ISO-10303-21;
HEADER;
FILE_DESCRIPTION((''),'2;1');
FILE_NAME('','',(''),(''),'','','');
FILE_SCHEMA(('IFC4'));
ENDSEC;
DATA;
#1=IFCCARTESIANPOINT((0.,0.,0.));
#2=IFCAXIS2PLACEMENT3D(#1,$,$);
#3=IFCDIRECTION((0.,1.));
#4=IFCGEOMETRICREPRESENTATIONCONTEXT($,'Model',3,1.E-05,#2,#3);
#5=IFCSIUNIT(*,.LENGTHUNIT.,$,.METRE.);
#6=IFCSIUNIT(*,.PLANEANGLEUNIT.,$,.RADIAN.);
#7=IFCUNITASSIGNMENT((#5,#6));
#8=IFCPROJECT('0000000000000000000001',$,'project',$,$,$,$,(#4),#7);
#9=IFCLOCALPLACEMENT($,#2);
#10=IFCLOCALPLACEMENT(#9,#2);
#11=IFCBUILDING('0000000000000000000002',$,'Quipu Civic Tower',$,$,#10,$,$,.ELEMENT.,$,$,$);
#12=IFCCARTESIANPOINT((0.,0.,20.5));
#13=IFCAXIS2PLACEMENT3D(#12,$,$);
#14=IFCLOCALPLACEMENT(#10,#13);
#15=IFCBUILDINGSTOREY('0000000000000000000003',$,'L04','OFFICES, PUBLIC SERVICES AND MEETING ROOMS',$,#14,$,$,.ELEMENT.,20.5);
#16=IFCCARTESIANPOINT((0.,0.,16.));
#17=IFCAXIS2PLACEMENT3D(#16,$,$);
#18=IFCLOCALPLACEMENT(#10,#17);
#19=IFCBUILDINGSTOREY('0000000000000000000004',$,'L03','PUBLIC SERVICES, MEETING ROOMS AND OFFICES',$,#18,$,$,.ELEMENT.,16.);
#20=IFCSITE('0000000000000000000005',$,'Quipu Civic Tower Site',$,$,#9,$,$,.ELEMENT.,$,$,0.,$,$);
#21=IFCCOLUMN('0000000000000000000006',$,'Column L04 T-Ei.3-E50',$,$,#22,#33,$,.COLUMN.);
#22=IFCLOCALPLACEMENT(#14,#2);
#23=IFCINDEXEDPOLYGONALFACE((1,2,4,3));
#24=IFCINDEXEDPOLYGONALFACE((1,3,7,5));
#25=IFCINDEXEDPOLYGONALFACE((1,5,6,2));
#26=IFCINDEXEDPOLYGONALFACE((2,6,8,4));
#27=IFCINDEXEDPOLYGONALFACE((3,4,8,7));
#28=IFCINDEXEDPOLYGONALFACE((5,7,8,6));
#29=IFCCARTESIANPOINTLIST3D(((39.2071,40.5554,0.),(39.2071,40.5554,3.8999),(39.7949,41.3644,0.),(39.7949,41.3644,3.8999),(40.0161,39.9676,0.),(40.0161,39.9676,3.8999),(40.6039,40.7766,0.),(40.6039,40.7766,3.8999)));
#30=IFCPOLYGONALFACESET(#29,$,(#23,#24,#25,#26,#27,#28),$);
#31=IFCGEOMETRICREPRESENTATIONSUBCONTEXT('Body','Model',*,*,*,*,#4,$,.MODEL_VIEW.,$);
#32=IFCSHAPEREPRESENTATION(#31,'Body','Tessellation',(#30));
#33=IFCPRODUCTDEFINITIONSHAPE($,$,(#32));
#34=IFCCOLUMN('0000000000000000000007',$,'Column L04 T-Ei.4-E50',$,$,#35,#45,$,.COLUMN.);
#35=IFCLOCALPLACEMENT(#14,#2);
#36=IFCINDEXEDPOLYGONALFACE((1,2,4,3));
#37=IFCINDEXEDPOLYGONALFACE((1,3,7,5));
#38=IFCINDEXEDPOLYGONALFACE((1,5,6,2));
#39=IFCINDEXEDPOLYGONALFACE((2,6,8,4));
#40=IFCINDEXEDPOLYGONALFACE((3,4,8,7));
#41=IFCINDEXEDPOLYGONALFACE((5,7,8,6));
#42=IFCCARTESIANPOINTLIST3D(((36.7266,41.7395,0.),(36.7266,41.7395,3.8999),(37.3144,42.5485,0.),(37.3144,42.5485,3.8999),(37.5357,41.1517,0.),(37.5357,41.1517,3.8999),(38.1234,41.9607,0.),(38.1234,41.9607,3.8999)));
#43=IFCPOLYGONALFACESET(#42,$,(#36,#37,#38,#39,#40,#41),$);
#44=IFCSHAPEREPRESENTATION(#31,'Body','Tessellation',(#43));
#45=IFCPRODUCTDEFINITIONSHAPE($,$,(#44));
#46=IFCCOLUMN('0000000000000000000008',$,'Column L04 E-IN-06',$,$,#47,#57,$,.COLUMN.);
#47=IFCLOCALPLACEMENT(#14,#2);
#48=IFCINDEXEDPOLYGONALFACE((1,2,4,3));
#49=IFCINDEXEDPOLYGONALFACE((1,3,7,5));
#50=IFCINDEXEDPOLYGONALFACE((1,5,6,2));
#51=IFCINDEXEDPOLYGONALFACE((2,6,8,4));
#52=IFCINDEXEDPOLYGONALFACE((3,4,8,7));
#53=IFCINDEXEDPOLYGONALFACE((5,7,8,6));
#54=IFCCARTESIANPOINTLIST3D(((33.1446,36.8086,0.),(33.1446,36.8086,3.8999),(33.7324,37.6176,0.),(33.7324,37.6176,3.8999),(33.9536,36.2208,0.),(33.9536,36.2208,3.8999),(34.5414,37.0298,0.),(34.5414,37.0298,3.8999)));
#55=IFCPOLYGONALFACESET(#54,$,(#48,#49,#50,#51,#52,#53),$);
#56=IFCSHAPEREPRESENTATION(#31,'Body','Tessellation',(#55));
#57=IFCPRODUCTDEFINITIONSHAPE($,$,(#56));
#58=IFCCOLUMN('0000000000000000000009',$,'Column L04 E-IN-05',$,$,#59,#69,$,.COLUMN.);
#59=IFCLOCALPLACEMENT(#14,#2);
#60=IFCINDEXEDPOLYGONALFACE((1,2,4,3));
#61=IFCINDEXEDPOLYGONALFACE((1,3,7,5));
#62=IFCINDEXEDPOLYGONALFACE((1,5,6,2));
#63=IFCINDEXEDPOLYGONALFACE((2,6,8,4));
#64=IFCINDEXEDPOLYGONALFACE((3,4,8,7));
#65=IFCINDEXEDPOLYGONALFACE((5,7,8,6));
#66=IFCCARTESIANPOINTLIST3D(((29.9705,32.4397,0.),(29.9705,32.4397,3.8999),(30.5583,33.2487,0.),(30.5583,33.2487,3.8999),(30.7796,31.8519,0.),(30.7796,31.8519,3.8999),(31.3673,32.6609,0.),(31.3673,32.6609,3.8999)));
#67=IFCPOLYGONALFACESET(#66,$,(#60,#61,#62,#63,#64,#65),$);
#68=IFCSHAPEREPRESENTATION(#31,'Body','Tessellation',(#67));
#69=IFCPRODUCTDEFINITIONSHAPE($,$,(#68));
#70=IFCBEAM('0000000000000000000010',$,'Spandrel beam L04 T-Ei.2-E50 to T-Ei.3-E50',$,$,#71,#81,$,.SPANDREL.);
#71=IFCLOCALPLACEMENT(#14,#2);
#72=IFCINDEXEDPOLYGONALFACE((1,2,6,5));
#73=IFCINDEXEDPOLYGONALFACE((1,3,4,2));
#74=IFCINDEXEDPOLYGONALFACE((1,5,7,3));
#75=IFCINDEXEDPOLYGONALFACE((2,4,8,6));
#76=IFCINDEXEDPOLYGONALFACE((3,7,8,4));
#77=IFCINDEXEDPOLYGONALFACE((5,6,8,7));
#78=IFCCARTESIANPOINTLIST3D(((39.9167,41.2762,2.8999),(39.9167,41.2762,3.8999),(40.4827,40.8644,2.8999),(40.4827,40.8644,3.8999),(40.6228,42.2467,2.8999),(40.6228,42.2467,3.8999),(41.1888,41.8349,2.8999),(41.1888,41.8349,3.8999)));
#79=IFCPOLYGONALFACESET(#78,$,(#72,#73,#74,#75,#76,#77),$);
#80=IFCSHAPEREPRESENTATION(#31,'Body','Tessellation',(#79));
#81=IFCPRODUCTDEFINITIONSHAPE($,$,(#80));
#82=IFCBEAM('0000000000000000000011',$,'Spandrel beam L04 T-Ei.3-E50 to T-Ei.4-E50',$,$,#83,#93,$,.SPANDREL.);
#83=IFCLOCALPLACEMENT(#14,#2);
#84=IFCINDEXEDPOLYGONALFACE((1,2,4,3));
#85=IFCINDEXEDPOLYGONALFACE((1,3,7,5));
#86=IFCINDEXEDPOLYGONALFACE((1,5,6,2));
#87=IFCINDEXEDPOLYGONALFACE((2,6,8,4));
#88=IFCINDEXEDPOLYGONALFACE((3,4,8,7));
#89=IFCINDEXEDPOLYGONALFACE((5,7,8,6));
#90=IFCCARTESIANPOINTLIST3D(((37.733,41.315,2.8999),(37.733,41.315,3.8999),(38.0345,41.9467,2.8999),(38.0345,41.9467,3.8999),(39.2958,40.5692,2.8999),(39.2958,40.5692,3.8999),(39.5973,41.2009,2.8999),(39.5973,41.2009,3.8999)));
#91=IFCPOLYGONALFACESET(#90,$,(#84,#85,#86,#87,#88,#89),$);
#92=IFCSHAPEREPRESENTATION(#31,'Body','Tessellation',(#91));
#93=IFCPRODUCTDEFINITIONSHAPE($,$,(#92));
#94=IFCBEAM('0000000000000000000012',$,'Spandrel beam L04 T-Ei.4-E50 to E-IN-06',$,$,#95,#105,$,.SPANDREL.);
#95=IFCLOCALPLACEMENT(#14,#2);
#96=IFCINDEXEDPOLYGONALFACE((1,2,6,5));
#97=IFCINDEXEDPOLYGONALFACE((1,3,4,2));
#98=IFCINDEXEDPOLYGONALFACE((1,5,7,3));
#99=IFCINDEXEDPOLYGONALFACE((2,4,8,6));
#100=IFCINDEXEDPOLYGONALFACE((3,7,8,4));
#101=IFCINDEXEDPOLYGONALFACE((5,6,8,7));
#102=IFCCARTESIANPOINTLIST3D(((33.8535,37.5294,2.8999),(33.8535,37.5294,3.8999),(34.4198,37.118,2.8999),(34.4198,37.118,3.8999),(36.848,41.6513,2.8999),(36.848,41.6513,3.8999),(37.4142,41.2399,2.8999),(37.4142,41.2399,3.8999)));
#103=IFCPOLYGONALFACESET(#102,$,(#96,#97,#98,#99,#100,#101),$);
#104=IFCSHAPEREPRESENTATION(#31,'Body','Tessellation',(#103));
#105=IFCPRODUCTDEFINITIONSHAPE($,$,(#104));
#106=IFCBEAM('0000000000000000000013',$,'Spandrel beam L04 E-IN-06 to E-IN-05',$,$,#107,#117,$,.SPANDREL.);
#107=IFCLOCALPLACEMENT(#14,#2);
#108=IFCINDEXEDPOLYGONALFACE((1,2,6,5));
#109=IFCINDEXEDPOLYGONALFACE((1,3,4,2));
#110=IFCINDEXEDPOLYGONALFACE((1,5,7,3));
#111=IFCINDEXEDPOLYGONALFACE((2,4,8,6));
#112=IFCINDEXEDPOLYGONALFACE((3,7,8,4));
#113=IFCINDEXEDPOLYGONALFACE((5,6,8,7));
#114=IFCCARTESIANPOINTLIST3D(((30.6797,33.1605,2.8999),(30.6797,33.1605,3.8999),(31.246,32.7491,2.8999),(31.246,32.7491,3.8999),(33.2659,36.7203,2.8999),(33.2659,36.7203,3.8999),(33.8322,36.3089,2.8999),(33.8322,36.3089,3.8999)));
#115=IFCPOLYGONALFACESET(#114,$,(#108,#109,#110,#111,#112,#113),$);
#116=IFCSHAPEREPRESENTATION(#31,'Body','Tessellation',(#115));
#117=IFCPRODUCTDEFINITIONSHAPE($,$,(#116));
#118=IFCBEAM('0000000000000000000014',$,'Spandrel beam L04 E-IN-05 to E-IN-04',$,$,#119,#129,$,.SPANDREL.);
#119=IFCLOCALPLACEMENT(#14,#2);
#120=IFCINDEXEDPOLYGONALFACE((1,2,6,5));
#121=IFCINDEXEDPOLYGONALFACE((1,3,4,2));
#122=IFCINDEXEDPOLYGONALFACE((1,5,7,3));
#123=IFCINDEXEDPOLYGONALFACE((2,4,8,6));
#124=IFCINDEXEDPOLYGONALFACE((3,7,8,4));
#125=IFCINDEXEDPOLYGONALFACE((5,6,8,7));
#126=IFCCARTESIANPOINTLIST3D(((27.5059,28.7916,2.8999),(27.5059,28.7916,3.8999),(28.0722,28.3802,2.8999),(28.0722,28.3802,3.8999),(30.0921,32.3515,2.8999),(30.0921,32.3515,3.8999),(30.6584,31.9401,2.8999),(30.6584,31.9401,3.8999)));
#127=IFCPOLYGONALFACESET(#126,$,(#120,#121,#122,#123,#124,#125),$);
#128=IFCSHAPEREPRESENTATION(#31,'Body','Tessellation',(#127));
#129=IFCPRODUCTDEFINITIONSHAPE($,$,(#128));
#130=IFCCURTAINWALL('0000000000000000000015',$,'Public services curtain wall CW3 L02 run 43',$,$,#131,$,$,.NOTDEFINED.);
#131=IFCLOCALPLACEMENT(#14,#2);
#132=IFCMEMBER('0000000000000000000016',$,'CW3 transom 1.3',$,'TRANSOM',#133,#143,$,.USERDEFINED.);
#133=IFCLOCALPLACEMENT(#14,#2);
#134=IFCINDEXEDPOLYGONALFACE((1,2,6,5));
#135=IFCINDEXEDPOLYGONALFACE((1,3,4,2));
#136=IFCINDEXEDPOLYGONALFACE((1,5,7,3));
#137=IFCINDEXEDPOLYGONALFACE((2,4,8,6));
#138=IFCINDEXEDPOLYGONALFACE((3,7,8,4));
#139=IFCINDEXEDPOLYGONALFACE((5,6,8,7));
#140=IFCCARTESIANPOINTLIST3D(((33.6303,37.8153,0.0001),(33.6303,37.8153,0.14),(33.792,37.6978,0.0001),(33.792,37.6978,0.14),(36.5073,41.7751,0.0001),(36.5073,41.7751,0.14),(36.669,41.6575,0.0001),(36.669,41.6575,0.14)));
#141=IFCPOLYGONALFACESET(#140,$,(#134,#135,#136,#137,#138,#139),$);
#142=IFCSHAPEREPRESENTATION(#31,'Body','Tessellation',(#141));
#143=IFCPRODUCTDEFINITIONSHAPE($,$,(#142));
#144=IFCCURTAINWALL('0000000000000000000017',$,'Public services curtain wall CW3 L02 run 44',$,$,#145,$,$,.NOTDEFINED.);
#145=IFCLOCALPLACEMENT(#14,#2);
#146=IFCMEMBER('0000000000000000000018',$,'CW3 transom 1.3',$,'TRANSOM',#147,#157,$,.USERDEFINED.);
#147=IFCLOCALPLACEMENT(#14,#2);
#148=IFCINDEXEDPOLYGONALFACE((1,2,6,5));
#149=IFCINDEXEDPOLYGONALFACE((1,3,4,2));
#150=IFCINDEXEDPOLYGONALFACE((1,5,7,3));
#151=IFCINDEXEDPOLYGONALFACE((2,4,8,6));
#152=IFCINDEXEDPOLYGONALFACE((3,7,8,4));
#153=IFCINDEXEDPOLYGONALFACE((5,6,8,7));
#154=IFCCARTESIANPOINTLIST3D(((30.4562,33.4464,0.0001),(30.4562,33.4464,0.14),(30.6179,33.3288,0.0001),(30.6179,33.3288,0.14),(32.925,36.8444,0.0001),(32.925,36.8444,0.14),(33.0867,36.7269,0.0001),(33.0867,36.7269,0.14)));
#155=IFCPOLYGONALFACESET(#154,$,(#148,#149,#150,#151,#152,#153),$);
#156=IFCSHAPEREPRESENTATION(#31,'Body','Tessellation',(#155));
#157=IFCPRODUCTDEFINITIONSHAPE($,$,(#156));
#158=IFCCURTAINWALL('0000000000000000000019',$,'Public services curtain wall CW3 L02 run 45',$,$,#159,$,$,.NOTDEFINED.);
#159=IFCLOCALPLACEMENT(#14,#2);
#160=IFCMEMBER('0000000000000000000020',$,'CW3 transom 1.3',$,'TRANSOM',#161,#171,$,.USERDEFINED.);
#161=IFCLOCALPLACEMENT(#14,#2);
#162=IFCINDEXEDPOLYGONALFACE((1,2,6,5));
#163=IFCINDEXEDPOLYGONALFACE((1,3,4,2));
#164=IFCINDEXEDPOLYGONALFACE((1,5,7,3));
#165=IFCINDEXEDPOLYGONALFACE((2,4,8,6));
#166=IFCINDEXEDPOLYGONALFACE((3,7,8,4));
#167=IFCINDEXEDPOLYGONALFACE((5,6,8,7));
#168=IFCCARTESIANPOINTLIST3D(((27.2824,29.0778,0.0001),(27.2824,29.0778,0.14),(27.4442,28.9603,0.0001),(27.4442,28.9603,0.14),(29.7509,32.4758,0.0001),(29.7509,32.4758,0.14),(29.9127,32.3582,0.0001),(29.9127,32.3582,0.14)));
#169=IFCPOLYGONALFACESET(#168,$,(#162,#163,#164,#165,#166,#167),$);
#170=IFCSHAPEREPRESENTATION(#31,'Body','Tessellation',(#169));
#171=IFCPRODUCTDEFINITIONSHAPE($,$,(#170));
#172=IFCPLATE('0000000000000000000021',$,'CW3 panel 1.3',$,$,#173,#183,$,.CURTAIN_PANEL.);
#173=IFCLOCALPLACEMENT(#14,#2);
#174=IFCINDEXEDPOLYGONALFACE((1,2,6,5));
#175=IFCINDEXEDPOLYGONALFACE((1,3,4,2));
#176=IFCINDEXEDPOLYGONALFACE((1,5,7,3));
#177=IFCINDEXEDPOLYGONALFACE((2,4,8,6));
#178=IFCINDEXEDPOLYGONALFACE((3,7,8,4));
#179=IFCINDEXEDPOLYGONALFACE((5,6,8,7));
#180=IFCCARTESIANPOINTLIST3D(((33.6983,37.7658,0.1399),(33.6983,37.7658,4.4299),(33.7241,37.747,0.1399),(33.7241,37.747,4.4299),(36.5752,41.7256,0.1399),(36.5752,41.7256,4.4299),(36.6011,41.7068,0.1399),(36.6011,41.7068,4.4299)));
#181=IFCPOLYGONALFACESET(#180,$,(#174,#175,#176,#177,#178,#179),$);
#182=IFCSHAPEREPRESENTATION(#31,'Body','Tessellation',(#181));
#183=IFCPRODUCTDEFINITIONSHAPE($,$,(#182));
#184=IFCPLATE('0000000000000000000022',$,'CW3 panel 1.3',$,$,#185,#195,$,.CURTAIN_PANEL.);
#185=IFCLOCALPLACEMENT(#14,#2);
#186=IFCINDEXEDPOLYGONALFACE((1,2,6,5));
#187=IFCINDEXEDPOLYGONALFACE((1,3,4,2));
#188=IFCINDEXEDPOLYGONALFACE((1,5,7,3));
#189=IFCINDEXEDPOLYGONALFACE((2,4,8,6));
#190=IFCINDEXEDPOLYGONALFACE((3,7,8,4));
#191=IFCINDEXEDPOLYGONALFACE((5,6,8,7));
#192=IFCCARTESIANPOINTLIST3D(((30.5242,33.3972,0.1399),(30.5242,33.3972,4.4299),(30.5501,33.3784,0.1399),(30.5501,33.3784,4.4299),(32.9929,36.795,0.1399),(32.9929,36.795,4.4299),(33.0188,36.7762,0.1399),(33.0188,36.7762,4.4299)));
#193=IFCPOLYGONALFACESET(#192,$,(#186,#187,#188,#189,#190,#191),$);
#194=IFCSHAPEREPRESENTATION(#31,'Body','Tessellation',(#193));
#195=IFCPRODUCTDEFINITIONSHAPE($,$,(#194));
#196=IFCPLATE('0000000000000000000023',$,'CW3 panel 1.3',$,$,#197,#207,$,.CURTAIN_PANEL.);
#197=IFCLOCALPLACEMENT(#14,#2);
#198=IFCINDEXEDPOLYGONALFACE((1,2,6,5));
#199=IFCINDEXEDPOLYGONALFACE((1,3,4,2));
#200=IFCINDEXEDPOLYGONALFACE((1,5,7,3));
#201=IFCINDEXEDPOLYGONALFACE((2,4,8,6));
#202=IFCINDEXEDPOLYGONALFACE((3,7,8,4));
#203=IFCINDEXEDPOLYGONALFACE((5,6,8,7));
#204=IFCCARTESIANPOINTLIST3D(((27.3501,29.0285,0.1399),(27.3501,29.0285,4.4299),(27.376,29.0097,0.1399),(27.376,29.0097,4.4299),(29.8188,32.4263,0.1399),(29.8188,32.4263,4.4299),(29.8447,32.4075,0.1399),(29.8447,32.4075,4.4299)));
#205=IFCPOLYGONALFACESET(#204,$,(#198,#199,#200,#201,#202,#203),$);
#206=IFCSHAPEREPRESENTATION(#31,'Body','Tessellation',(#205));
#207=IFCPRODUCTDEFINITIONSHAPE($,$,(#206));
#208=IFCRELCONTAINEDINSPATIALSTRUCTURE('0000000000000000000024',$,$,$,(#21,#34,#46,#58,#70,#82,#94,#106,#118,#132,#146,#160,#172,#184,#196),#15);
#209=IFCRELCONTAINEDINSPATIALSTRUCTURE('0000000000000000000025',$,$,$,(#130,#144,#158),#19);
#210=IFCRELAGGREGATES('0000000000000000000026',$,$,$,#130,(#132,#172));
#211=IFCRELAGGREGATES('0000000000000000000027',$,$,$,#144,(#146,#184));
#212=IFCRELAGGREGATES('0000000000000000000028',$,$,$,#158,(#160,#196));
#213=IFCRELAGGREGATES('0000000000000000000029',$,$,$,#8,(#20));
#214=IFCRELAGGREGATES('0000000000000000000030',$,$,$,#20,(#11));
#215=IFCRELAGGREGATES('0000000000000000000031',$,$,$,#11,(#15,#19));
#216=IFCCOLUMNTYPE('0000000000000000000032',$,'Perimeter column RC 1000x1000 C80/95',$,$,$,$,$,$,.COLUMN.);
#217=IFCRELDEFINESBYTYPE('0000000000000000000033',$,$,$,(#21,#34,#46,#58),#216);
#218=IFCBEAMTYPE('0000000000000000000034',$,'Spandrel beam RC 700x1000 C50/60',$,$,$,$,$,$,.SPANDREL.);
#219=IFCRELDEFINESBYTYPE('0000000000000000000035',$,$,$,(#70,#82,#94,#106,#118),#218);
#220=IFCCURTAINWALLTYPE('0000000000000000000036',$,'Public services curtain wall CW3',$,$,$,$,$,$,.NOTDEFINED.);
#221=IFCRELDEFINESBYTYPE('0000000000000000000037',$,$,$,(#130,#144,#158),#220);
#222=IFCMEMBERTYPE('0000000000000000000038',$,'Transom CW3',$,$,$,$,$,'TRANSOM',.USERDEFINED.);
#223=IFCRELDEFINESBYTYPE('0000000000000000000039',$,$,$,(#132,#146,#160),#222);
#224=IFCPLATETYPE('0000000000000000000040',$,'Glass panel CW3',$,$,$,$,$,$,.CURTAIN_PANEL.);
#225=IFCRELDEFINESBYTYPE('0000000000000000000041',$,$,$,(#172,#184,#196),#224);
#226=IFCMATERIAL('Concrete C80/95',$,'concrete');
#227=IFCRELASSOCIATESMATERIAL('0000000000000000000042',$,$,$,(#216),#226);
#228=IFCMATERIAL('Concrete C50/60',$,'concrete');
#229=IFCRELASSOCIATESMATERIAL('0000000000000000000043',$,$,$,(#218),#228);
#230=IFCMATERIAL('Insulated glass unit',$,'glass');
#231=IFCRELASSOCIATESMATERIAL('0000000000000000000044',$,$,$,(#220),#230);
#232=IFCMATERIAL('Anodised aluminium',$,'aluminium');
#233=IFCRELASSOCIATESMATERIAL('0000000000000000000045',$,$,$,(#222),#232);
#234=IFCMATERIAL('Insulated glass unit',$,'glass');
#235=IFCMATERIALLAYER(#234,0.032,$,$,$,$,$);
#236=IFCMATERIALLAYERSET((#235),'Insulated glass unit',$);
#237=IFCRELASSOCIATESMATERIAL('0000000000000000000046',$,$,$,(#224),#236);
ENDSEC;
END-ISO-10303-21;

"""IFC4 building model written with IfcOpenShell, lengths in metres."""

from ifc_helpers import new_model, si_unit, direction, frame, origin, origin_2d, place, context, subcontext, project, spatial, rectangle, extrude, material, layer, layer_set, material_profile, profile_set, type_object, element, aggregate, save


model = new_model("IFC4")

# Units and contexts
model_context = context("Model", 3, precision=1e-05, world=origin(), true_north=direction((0.0, 1.0)))
body_context = subcontext(model_context, "Body", "Model", "MODEL_VIEW")
ifc_project = project(units=[si_unit("LENGTHUNIT", "METRE"), si_unit("PLANEANGLEUNIT", "RADIAN")], contexts=[model_context])

# Site, building, storey
site_placement = place(None, origin())
site = spatial("IfcSite", under=ifc_project, at=site_placement, Name="Quipu Civic Tower Site", CompositionType="ELEMENT", RefElevation=0.0)
building_placement = place(site_placement, origin())
building = spatial("IfcBuilding", under=site, at=building_placement, Name="Quipu Civic Tower", CompositionType="ELEMENT")
storey_1_placement = place(building_placement, frame((0.0, 0.0, 20.5)))
storey_1 = spatial("IfcBuildingStorey", under=building, at=storey_1_placement, Name="L04", Description="OFFICES, PUBLIC SERVICES AND MEETING ROOMS", CompositionType="ELEMENT", Elevation=20.5)

# Columns
ifc_material_1 = material(Name="Concrete C80/95", Category="concrete")
ifc_material_profile_1 = material_profile(ifc_material_1, rectangle(XDim=1.0, YDim=1.0, at=origin_2d()), Name="RC1000x1000")
ifc_profile_set_1 = profile_set([ifc_material_profile_1], Name="Concrete C80/95")
column_type = type_object("IfcColumnType", Name="Perimeter column RC 1000x1000 C80/95", PredefinedType="COLUMN", material=ifc_profile_set_1)
for number, where, z_axis, x_axis, name in (
    (1, (39.9055, 40.666, 0.0), (0.0, 0.0, 1.0), (-0.587785, -0.809017, 0.0), "Column L04 T-Ei.3-E50"),
    (2, (37.425, 41.8501, 0.0), (0.0, 0.0, 1.0), (-0.587785, -0.809017, 0.0), "Column L04 T-Ei.4-E50"),
    (3, (33.843, 36.9192, 0.0), (0.0, 0.0, 1.0), (-0.587785, -0.809017, 0.0), "Column L04 E-IN-06"),
    (4, (30.6689, 32.5503, 0.0), (0.0, 0.0, 1.0), (-0.587785, -0.809017, 0.0), "Column L04 E-IN-05"),
):
    element("IfcColumn", number, at=place(storey_1_placement, frame(where, z_axis=z_axis, x_axis=x_axis)), inside=storey_1, type_object=column_type, Name=name, PredefinedType="COLUMN", context=body_context, shape_type="SweptSolid", body=[
        extrude(rectangle(XDim=1.0, YDim=1.0, at=origin_2d()), origin(), (0.0, 0.0, 1.0), 3.8999),
    ])

# Beams
ifc_material_2 = material(Name="Concrete C50/60", Category="concrete")
ifc_material_profile_2 = material_profile(ifc_material_2, rectangle(XDim=0.7, YDim=1.0, at=origin_2d()), Name="RC700x1000")
ifc_profile_set_2 = profile_set([ifc_material_profile_2], Name="Concrete C50/60")
beam_type = type_object("IfcBeamType", Name="Spandrel beam RC 700x1000 C50/60", PredefinedType="SPANDREL", material=ifc_profile_set_2)
beam_1_placement = place(storey_1_placement, frame((40.9058, 42.0408, 3.3999), z_axis=(-0.588317, -0.808631, 0.0), x_axis=(0.808631, -0.588317, 0.0)))
element("IfcBeam", 5, at=beam_1_placement, inside=storey_1, type_object=beam_type, Name="Spandrel beam L04 T-Ei.2-E50 to T-Ei.3-E50", PredefinedType="SPANDREL", context=body_context, shape_type="SweptSolid", body=[
    extrude(rectangle(XDim=0.7, YDim=1.0, at=origin_2d()), origin(), (0.0, 0.0, 1.0), 1.2002),
])
beam_2_placement = place(storey_1_placement, frame((39.4465, 40.885, 3.3999), z_axis=(-0.902482, 0.430727, 0.0), x_axis=(-0.430727, -0.902482, 0.0)))
element("IfcBeam", 6, at=beam_2_placement, inside=storey_1, type_object=beam_type, Name="Spandrel beam L04 T-Ei.3-E50 to T-Ei.4-E50", PredefinedType="SPANDREL", context=body_context, shape_type="SweptSolid", body=[
    extrude(rectangle(XDim=0.7, YDim=1.0, at=origin_2d()), origin(), (0.0, 0.0, 1.0), 1.7317),
])
beam_3_placement = place(storey_1_placement, frame((37.1311, 41.4456, 3.3999), z_axis=(-0.587747, -0.809045, 0.0), x_axis=(0.809045, -0.587747, 0.0)))
element("IfcBeam", 7, at=beam_3_placement, inside=storey_1, type_object=beam_type, Name="Spandrel beam L04 T-Ei.4-E50 to E-IN-06", PredefinedType="SPANDREL", context=body_context, shape_type="SweptSolid", body=[
    extrude(rectangle(XDim=0.7, YDim=1.0, at=origin_2d()), origin(), (0.0, 0.0, 1.0), 5.0947),
])
for number, where, z_axis, x_axis, name in (
    (8, (33.5491, 36.5146, 3.3999), (-0.587759, -0.809036, 0.0), (0.809036, -0.587759, 0.0), "Spandrel beam L04 E-IN-06 to E-IN-05"),
    (9, (30.3752, 32.1458, 3.3999), (-0.587759, -0.809036, 0.0), (0.809036, -0.587759, 0.0), "Spandrel beam L04 E-IN-05 to E-IN-04"),
):
    element("IfcBeam", number, at=place(storey_1_placement, frame(where, z_axis=z_axis, x_axis=x_axis)), inside=storey_1, type_object=beam_type, Name=name, PredefinedType="SPANDREL", context=body_context, shape_type="SweptSolid", body=[
        extrude(rectangle(XDim=0.7, YDim=1.0, at=origin_2d()), origin(), (0.0, 0.0, 1.0), 4.4001),
    ])

# Shared definitions
storey_2_placement = place(building_placement, frame((0.0, 0.0, 16.0)))
storey_2 = spatial("IfcBuildingStorey", under=building, at=storey_2_placement, Name="L03", Description="PUBLIC SERVICES, MEETING ROOMS AND OFFICES", CompositionType="ELEMENT", Elevation=16.0)

# Curtain walls, members
ifc_material_3 = material(Name="Insulated glass unit", Category="glass")
curtain_wall_type = type_object("IfcCurtainWallType", Name="Public services curtain wall CW3", PredefinedType="NOTDEFINED", material=ifc_material_3)
curtain_wall_1_placement = place(storey_2_placement, origin())
curtain_wall_1 = element("IfcCurtainWall", 10, at=curtain_wall_1_placement, inside=storey_2, type_object=curtain_wall_type, Name="Public services curtain wall CW3 L02 run 43", PredefinedType="NOTDEFINED")
ifc_material_4 = material(Name="Anodised aluminium", Category="aluminium")
ifc_material_profile_3 = material_profile(ifc_material_4, rectangle(XDim=0.2, YDim=0.1399, at=origin_2d()), Name="RECT 200x140")
ifc_profile_set_3 = profile_set([ifc_material_profile_3], Name="Anodised aluminium")
member_type = type_object("IfcMemberType", Name="Transom CW3", ElementType="TRANSOM", PredefinedType="USERDEFINED", material=ifc_profile_set_3)
member_1_placement = place(storey_1_placement, frame((36.5881, 41.7163, 0.0701), z_axis=(-0.587792, -0.809012, 0.0), x_axis=(0.809012, -0.587792, 0.0)))
member_1 = element("IfcMember", 11, at=member_1_placement, inside=storey_1, type_object=member_type, Name="CW3 transom 1.3", ObjectType="TRANSOM", PredefinedType="USERDEFINED", context=body_context, shape_type="SweptSolid", body=[
    extrude(rectangle(XDim=0.2, YDim=0.1399, at=origin_2d()), origin(), (0.0, 0.0, 1.0), 4.8945),
])
curtain_wall_2_placement = place(storey_2_placement, origin())
curtain_wall_2 = element("IfcCurtainWall", 12, at=curtain_wall_2_placement, inside=storey_2, type_object=curtain_wall_type, Name="Public services curtain wall CW3 L02 run 44", PredefinedType="NOTDEFINED")
member_2_placement = place(storey_1_placement, frame((33.0059, 36.7856, 0.0701), z_axis=(-0.587785, -0.809018, 0.0), x_axis=(0.809018, -0.587785, 0.0)))
member_2 = element("IfcMember", 13, at=member_2_placement, inside=storey_1, type_object=member_type, Name="CW3 transom 1.3", ObjectType="TRANSOM", PredefinedType="USERDEFINED", context=body_context, shape_type="SweptSolid", body=[
    extrude(rectangle(XDim=0.2, YDim=0.1399, at=origin_2d()), origin(), (0.0, 0.0, 1.0), 4.2002),
])
curtain_wall_3_placement = place(storey_2_placement, origin())
curtain_wall_3 = element("IfcCurtainWall", 14, at=curtain_wall_3_placement, inside=storey_2, type_object=curtain_wall_type, Name="Public services curtain wall CW3 L02 run 45", PredefinedType="NOTDEFINED")
member_3_placement = place(storey_1_placement, frame((29.8318, 32.417, 0.0701), z_axis=(-0.587746, -0.809045, 0.0), x_axis=(0.809045, -0.587746, 0.0)))
member_3 = element("IfcMember", 15, at=member_3_placement, inside=storey_1, type_object=member_type, Name="CW3 transom 1.3", ObjectType="TRANSOM", PredefinedType="USERDEFINED", context=body_context, shape_type="SweptSolid", body=[
    extrude(rectangle(XDim=0.2, YDim=0.1399, at=origin_2d()), origin(), (0.0, 0.0, 1.0), 4.2),
])

# Plates
ifc_material_5 = material(Name="Insulated glass unit", Category="glass")
ifc_layer_1 = layer(ifc_material_5, 0.032)
ifc_layer_set_1 = layer_set([ifc_layer_1], Name="Insulated glass unit")
plate_type_1 = type_object("IfcPlateType", Name="Glass panel CW3", PredefinedType="CURTAIN_PANEL", material=ifc_layer_set_1)
plate_1_placement = place(storey_1_placement, frame((35.1497, 39.7363, 0.1399), z_axis=(0.0, 0.0, 1.0), x_axis=(-0.587783, -0.809019, 0.0)))
plate_1 = element("IfcPlate", 16, at=plate_1_placement, inside=storey_1, type_object=plate_type_1, Name="CW3 panel 1.3", PredefinedType="CURTAIN_PANEL", context=body_context, shape_type="SweptSolid", body=[
    extrude(rectangle(XDim=4.8945, YDim=0.032, at=origin_2d()), origin(), (0.0, 0.0, 1.0), 4.29),
])
aggregate(curtain_wall_1, [member_1, plate_1])
plate_2_placement = place(storey_1_placement, frame((31.7715, 35.0867, 0.1399), z_axis=(0.0, 0.0, 1.0), x_axis=(-0.587789, -0.809014, 0.0)))
plate_2 = element("IfcPlate", 17, at=plate_2_placement, inside=storey_1, type_object=plate_type_1, Name="CW3 panel 1.3", PredefinedType="CURTAIN_PANEL", context=body_context, shape_type="SweptSolid", body=[
    extrude(rectangle(XDim=4.2, YDim=0.032, at=origin_2d()), origin(), (0.0, 0.0, 1.0), 4.29),
])
aggregate(curtain_wall_2, [member_2, plate_2])
plate_3_placement = place(storey_1_placement, frame((28.5974, 30.718, 0.1399), z_axis=(0.0, 0.0, 1.0), x_axis=(-0.587785, -0.809017, 0.0)))
plate_3 = element("IfcPlate", 18, at=plate_3_placement, inside=storey_1, type_object=plate_type_1, Name="CW3 panel 1.3", PredefinedType="CURTAIN_PANEL", context=body_context, shape_type="SweptSolid", body=[
    extrude(rectangle(XDim=4.2, YDim=0.032, at=origin_2d()), origin(), (0.0, 0.0, 1.0), 4.29),
])
aggregate(curtain_wall_3, [member_3, plate_3])

save(model, "model.ifc")
